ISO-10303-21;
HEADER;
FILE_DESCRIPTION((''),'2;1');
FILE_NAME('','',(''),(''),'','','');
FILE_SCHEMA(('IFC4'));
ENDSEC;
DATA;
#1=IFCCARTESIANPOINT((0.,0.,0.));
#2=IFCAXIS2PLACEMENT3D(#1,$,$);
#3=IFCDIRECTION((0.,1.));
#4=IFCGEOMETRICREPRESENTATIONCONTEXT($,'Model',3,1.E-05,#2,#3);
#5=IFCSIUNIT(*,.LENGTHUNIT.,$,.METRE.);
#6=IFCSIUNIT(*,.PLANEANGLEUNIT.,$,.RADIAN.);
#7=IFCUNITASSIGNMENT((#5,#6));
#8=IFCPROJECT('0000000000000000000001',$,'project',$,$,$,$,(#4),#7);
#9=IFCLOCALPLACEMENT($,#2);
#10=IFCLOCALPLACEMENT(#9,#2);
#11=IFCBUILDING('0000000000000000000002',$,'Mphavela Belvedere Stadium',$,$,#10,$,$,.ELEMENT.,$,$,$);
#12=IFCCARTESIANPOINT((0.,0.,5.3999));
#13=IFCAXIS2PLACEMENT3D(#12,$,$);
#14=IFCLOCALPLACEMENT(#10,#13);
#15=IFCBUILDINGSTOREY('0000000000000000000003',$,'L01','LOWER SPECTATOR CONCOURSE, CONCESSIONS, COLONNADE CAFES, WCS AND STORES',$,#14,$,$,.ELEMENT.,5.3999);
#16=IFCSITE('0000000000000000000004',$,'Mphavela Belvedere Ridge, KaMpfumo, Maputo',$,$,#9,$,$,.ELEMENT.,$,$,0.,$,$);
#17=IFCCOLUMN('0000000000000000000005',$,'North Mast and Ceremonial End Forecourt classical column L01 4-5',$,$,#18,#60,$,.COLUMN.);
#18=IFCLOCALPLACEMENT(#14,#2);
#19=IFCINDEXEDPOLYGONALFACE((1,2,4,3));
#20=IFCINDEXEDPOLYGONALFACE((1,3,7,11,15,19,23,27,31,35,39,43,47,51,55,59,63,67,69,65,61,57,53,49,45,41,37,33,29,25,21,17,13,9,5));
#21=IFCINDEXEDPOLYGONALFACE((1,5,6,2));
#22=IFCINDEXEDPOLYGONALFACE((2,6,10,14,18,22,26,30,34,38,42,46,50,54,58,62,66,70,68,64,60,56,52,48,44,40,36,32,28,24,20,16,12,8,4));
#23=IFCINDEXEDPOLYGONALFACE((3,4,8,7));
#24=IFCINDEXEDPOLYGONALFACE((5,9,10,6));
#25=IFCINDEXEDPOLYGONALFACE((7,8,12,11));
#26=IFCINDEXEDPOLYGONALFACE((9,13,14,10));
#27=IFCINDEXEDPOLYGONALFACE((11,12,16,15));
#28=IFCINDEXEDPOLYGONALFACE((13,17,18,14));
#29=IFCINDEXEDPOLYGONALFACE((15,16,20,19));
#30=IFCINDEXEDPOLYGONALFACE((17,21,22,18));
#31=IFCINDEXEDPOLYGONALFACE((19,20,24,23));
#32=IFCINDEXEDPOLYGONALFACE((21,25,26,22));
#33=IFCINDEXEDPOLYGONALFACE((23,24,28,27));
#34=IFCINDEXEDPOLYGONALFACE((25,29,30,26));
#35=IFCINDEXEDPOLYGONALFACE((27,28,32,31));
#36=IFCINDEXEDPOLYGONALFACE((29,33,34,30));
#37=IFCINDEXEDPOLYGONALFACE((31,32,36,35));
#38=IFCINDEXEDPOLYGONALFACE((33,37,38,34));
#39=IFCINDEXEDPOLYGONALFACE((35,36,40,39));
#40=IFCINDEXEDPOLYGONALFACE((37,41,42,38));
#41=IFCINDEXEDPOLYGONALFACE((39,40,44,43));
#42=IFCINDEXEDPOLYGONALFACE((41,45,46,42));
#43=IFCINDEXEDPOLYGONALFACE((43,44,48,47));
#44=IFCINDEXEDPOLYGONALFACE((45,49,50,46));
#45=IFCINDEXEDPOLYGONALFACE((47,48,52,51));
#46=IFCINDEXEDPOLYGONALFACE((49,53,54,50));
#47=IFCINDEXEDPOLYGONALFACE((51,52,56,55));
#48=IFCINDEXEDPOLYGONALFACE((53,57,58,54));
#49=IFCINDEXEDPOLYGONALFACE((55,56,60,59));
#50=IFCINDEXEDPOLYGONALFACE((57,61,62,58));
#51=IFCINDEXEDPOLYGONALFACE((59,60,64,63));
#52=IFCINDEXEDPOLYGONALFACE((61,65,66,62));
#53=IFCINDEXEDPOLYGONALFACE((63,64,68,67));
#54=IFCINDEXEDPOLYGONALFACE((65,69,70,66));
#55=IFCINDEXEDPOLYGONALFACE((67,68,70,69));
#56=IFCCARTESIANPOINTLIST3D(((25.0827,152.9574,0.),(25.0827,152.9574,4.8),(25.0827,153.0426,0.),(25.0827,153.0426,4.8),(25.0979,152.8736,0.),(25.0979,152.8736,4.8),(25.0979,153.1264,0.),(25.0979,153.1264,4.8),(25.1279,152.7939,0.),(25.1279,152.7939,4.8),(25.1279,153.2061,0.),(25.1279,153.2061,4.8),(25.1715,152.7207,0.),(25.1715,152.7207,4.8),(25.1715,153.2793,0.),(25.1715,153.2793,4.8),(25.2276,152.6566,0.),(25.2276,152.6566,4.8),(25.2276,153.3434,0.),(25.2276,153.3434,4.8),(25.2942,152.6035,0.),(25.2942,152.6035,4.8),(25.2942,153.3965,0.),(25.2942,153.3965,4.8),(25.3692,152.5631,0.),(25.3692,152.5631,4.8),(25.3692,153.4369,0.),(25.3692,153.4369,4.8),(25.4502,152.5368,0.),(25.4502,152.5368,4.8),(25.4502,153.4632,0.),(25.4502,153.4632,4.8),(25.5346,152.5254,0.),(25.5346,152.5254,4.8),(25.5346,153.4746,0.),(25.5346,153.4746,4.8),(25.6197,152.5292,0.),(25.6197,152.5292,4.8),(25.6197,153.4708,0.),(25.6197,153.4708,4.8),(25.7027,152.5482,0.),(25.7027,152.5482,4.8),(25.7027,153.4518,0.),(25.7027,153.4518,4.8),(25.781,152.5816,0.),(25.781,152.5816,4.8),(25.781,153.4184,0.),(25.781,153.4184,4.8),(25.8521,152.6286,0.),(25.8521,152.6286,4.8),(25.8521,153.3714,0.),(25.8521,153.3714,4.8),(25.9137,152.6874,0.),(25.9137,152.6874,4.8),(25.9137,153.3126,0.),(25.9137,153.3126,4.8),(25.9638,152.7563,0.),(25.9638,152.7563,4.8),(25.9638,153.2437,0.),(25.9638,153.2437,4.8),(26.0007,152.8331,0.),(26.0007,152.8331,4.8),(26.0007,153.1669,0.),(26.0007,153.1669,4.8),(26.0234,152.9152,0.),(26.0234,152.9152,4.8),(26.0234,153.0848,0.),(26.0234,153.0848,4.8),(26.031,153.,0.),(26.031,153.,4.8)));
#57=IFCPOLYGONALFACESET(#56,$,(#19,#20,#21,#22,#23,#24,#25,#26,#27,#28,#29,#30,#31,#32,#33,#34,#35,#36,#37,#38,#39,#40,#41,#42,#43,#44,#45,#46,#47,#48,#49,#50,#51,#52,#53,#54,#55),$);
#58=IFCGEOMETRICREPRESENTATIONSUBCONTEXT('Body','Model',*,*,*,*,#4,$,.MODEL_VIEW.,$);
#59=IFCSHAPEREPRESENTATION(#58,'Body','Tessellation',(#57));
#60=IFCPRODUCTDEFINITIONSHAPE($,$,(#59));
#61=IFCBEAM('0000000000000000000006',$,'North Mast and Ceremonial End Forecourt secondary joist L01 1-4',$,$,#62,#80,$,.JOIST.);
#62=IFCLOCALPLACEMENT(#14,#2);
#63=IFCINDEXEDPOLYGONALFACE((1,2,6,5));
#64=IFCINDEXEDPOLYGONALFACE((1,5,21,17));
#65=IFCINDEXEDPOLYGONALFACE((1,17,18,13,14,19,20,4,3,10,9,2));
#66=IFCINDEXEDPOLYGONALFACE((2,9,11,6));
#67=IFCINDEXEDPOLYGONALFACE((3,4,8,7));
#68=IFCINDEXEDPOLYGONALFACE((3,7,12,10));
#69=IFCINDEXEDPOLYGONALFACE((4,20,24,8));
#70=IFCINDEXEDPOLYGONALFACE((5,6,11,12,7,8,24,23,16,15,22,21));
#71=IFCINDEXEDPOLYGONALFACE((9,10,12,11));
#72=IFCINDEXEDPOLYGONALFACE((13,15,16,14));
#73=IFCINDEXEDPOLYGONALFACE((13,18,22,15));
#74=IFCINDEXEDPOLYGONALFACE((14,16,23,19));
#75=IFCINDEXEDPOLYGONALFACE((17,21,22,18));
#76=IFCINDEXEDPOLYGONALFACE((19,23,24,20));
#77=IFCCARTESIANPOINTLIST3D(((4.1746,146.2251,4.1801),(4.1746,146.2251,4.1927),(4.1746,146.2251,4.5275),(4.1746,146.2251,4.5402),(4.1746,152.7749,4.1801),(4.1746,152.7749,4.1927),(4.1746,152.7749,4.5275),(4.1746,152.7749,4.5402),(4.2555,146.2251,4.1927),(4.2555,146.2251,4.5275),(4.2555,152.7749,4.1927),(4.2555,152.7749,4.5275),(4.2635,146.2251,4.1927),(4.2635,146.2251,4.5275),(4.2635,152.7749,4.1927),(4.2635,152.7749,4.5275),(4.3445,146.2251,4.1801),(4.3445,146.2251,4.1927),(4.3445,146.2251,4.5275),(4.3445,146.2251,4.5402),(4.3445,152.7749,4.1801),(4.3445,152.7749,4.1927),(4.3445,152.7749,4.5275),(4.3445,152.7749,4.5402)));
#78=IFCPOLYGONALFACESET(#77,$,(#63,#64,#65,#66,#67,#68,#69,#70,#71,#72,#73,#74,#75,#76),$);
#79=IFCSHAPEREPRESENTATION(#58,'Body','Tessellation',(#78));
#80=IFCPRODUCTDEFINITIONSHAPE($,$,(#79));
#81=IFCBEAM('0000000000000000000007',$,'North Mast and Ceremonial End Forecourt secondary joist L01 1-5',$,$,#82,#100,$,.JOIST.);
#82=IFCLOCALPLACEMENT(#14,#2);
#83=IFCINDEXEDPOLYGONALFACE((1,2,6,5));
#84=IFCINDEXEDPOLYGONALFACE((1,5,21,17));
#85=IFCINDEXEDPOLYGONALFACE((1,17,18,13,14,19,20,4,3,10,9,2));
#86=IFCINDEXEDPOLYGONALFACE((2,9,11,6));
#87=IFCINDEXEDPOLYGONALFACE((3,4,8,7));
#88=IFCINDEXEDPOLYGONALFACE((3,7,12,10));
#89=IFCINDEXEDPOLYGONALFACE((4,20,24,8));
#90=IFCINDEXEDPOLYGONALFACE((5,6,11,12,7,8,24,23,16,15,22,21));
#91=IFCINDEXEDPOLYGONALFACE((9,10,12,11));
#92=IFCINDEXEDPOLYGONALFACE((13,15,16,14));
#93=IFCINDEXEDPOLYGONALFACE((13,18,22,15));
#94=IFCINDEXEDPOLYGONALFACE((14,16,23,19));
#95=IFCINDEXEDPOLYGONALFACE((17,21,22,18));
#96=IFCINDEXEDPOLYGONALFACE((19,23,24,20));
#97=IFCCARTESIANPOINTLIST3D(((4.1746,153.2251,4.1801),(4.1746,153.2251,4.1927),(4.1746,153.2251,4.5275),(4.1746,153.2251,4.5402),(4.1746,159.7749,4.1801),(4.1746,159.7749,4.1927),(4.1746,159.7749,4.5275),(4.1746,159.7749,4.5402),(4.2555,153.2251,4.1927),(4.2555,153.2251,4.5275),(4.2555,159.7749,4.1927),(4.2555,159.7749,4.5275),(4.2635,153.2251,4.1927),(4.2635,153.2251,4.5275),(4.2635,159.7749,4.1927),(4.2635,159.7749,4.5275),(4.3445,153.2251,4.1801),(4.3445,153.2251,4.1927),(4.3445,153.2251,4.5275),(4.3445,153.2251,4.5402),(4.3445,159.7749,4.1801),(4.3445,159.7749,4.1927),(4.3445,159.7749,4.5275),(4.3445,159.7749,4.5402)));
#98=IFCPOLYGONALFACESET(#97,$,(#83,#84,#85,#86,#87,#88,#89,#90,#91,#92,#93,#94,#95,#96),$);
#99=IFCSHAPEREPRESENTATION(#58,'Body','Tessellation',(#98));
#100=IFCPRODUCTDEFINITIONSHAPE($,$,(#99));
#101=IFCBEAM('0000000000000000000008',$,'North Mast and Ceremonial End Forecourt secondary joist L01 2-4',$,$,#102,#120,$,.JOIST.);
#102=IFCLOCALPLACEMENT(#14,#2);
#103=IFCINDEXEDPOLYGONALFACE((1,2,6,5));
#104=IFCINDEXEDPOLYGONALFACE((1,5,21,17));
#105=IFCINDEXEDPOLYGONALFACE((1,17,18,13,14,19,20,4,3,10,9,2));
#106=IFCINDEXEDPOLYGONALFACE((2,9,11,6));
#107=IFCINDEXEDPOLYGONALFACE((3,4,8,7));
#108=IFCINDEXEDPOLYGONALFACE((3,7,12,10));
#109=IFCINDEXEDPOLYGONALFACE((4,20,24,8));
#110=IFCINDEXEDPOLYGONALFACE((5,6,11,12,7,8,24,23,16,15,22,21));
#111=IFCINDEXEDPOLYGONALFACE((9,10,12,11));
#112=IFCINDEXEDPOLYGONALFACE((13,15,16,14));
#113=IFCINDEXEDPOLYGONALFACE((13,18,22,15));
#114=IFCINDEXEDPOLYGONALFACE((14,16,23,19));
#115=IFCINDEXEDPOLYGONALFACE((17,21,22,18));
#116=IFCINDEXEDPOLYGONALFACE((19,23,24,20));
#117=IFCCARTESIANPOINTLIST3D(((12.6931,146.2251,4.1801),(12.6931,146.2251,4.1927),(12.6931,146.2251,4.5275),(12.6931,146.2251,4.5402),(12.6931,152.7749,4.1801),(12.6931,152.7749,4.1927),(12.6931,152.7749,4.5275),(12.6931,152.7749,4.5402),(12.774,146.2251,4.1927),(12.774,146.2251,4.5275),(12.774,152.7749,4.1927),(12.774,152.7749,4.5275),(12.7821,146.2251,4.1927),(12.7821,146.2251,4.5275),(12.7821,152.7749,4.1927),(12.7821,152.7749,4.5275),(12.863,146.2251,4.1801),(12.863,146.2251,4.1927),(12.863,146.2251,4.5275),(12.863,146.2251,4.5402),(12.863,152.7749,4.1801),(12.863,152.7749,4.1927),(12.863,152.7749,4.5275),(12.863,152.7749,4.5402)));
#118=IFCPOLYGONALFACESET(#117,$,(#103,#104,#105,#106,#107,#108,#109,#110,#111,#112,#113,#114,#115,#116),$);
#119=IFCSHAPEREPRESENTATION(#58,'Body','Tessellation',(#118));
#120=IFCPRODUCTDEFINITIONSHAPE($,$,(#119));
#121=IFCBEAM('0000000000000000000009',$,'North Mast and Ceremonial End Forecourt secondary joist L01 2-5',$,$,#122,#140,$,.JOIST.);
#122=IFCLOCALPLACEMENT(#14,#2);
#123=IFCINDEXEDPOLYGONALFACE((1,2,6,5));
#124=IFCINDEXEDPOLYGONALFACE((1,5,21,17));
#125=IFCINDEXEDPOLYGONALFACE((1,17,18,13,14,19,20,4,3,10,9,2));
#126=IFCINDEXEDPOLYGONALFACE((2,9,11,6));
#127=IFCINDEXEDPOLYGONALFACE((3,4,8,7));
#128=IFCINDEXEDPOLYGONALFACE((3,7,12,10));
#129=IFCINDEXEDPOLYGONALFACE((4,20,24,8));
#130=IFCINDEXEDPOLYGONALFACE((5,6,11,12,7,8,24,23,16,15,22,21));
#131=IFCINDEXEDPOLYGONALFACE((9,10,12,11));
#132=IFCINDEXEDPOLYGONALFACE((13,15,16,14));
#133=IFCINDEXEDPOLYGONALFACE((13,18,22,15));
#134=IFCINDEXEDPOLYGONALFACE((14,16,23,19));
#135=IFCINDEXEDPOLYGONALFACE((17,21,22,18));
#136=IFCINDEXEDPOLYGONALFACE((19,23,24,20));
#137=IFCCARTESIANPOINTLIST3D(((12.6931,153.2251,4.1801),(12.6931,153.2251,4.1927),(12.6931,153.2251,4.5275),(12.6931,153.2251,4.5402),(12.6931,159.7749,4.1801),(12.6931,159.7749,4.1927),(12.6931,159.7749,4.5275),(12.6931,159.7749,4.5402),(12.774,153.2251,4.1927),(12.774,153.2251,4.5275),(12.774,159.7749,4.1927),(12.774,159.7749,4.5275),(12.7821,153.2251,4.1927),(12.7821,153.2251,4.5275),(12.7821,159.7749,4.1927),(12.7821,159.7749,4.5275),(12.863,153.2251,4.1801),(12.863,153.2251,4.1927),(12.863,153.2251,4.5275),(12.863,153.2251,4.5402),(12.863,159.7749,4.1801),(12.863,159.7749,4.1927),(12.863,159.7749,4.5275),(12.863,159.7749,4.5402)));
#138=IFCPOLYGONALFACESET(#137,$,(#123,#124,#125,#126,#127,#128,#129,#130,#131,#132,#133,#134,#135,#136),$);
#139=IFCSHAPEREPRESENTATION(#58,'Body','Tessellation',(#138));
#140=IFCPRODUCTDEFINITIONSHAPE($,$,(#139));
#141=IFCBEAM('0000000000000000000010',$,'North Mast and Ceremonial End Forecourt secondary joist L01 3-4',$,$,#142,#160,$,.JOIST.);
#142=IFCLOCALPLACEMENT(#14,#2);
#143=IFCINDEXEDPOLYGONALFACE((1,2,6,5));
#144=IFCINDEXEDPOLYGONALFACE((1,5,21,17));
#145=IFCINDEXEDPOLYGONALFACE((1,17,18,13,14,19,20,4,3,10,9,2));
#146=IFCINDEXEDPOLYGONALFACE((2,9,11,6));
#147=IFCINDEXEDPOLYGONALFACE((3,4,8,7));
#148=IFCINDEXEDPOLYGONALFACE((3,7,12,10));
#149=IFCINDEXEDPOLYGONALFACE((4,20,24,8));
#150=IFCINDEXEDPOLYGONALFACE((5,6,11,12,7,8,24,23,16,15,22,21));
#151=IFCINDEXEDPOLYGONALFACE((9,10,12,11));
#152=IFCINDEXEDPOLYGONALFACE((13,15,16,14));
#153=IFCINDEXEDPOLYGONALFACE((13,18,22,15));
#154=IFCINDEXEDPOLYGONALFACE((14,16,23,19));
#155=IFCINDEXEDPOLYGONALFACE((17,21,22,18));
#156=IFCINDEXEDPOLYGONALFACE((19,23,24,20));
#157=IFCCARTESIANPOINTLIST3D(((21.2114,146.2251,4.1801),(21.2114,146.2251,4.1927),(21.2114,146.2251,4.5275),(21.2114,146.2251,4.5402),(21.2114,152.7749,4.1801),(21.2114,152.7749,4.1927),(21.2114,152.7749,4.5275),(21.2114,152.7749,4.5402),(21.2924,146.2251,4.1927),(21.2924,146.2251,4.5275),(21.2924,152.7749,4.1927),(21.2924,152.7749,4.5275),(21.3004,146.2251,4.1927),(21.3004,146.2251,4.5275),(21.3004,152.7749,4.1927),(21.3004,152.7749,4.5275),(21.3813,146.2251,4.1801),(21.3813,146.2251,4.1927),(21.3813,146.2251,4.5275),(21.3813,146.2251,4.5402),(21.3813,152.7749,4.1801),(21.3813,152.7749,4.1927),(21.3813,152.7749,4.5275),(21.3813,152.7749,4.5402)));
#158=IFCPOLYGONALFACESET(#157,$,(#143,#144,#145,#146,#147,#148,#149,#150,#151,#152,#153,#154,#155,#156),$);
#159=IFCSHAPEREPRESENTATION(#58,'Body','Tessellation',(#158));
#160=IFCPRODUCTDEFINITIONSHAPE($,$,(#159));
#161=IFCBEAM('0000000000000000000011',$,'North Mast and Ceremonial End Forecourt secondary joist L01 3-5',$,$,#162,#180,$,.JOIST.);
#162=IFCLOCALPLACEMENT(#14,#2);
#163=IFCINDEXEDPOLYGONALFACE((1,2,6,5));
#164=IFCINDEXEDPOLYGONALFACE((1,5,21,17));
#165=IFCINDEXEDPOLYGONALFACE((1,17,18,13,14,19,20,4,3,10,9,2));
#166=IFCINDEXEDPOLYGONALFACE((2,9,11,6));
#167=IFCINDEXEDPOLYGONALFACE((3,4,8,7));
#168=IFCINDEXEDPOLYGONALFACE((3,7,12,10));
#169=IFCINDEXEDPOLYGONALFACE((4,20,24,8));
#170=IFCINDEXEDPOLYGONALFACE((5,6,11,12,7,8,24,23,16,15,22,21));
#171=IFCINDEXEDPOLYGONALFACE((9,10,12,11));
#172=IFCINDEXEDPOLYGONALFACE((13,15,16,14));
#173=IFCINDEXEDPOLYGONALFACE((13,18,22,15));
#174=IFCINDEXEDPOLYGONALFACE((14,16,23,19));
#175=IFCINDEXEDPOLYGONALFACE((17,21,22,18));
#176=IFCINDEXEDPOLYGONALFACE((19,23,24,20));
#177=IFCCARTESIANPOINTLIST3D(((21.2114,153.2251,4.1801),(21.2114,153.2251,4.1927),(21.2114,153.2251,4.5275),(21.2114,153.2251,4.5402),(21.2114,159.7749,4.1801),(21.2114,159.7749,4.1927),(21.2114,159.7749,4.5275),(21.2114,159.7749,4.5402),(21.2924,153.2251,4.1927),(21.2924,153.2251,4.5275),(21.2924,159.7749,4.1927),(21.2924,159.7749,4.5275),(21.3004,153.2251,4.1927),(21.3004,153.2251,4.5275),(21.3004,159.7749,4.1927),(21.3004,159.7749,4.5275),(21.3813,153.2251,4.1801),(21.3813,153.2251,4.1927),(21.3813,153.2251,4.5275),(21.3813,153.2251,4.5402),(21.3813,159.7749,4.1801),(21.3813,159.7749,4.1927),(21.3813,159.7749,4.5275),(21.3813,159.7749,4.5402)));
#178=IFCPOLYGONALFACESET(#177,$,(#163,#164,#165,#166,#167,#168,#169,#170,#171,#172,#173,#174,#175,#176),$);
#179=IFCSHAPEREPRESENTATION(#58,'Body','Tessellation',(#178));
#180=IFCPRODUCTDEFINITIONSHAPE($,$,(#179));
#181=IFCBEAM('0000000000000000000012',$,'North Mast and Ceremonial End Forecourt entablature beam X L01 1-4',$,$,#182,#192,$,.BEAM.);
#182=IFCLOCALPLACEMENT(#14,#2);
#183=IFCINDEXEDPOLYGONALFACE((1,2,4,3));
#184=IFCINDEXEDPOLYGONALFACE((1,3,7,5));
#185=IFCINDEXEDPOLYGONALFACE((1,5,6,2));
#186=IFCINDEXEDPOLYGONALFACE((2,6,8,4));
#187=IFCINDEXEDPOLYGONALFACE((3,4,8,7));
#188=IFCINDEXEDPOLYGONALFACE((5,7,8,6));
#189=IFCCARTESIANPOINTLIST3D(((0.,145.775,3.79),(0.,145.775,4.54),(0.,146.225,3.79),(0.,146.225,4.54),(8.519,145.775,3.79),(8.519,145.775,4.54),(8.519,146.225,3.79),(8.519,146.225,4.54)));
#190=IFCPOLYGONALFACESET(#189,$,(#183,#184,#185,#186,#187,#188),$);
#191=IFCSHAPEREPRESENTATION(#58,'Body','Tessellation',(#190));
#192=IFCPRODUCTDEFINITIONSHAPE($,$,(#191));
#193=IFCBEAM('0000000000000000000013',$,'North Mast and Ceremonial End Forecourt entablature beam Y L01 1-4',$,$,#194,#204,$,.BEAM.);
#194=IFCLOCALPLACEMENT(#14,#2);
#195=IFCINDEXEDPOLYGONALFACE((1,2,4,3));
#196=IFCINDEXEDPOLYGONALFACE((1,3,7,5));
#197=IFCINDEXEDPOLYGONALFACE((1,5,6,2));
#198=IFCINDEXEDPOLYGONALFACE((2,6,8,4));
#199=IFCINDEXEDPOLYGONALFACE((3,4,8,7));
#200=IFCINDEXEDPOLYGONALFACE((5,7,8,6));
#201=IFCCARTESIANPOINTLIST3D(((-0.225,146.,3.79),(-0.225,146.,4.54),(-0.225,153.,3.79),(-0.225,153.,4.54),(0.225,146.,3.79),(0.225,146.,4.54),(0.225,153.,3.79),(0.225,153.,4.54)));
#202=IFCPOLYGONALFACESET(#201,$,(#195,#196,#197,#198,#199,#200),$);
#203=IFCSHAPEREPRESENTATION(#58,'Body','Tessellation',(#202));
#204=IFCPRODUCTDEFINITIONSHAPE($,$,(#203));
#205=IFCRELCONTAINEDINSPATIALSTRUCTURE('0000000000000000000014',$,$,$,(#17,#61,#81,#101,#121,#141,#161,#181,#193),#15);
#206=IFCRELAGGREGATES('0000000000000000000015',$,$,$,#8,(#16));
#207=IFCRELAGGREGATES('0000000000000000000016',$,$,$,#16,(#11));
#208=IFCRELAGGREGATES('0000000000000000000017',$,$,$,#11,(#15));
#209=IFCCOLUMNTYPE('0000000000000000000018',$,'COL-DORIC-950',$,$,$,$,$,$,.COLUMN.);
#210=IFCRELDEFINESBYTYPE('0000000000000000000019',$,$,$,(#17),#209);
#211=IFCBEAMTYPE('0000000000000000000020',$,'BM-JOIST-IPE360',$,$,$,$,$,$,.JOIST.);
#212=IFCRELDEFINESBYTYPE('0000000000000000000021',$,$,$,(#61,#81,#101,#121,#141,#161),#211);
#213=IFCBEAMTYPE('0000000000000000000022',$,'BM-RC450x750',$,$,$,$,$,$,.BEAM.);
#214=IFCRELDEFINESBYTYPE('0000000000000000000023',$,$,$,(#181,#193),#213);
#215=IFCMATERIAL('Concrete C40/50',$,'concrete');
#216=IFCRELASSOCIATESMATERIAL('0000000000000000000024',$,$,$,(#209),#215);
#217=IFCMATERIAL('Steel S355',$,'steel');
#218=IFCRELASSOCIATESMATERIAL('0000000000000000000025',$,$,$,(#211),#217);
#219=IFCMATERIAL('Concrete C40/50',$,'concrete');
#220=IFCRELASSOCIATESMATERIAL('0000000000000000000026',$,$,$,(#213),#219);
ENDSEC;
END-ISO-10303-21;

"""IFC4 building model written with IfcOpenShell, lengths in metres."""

from ifc_helpers import new_model, si_unit, direction, frame, origin, origin_2d, place, context, subcontext, project, spatial, rectangle, circle, i_section, extrude, material, material_profile, profile_set, type_object, element, save


model = new_model("IFC4")

# Units and contexts
model_context = context("Model", 3, precision=1e-05, world=origin(), true_north=direction((0.0, 1.0)))
body_context = subcontext(model_context, "Body", "Model", "MODEL_VIEW")
ifc_project = project(units=[si_unit("LENGTHUNIT", "METRE"), si_unit("PLANEANGLEUNIT", "RADIAN")], contexts=[model_context])

# Site, building, storey
site_placement = place(None, origin())
site = spatial("IfcSite", under=ifc_project, at=site_placement, Name="Mphavela Belvedere Ridge, KaMpfumo, Maputo", CompositionType="ELEMENT", RefElevation=0.0)
building_placement = place(site_placement, origin())
building = spatial("IfcBuilding", under=site, at=building_placement, Name="Mphavela Belvedere Stadium", CompositionType="ELEMENT")
storey_placement = place(building_placement, frame((0.0, 0.0, 5.3999)))
storey = spatial("IfcBuildingStorey", under=building, at=storey_placement, Name="L01", Description="LOWER SPECTATOR CONCOURSE, CONCESSIONS, COLONNADE CAFES, WCS AND STORES", CompositionType="ELEMENT", Elevation=5.3999)

# Column
ifc_material_1 = material(Name="Concrete C40/50", Category="concrete")
ifc_material_profile_1 = material_profile(ifc_material_1, circle(Radius=0.4751, at=origin_2d()), Name="COL D950")
ifc_profile_set_1 = profile_set([ifc_material_profile_1], Name="Concrete C40/50")
column_type = type_object("IfcColumnType", Name="COL-DORIC-950", PredefinedType="COLUMN", material=ifc_profile_set_1)
for number, where, z_axis, x_axis, name in (
    (1, (25.5559, 153.0, 0.0), (0.0, 0.0, 1.0), (1.0, 0.0, 0.0), "North Mast and Ceremonial End Forecourt classical column L01 4-5"),
):
    element("IfcColumn", number, at=place(storey_placement, frame(where, z_axis=z_axis, x_axis=x_axis)), inside=storey, type_object=column_type, Name=name, PredefinedType="COLUMN", context=body_context, shape_type="SweptSolid", body=[
        extrude(circle(Radius=0.4751, at=origin_2d()), origin(), (0.0, 0.0, 1.0), 4.8),
    ])

# Beams
ifc_material_2 = material(Name="Steel S355", Category="steel")
ifc_material_profile_2 = material_profile(ifc_material_2, i_section(OverallWidth=0.1699, OverallDepth=0.3601, WebThickness=0.0081, FlangeThickness=0.0127, at=origin_2d()), Name="IPE 360")
ifc_profile_set_2 = profile_set([ifc_material_profile_2], Name="Steel S355")
beam_type_1 = type_object("IfcBeamType", Name="BM-JOIST-IPE360", PredefinedType="JOIST", material=ifc_profile_set_2)
for number, where, z_axis, x_axis, name in (
    (2, (4.2595, 146.2251, 4.3601), (0.0, 1.0, 0.0), (-1.0, 0.0, 0.0), "North Mast and Ceremonial End Forecourt secondary joist L01 1-4"),
    (3, (4.2595, 153.2251, 4.3601), (0.0, 1.0, 0.0), (-1.0, 0.0, 0.0), "North Mast and Ceremonial End Forecourt secondary joist L01 1-5"),
    (4, (12.7781, 146.2251, 4.3601), (0.0, 1.0, 0.0), (-1.0, 0.0, 0.0), "North Mast and Ceremonial End Forecourt secondary joist L01 2-4"),
    (5, (12.7781, 153.2251, 4.3601), (0.0, 1.0, 0.0), (-1.0, 0.0, 0.0), "North Mast and Ceremonial End Forecourt secondary joist L01 2-5"),
    (6, (21.2964, 146.2251, 4.3601), (0.0, 1.0, 0.0), (-1.0, 0.0, 0.0), "North Mast and Ceremonial End Forecourt secondary joist L01 3-4"),
    (7, (21.2964, 153.2251, 4.3601), (0.0, 1.0, 0.0), (-1.0, 0.0, 0.0), "North Mast and Ceremonial End Forecourt secondary joist L01 3-5"),
):
    element("IfcBeam", number, at=place(storey_placement, frame(where, z_axis=z_axis, x_axis=x_axis)), inside=storey, type_object=beam_type_1, Name=name, PredefinedType="JOIST", context=body_context, shape_type="SweptSolid", body=[
        extrude(i_section(OverallWidth=0.1699, OverallDepth=0.3601, WebThickness=0.0081, FlangeThickness=0.0127, at=origin_2d()), origin(), (0.0, 0.0, 1.0), 6.5498),
    ])
ifc_material_3 = material(Name="Concrete C40/50", Category="concrete")
ifc_material_profile_3 = material_profile(ifc_material_3, rectangle(XDim=0.45, YDim=0.75, at=origin_2d()), Name="RC 450x750")
ifc_profile_set_3 = profile_set([ifc_material_profile_3], Name="Concrete C40/50")
beam_type_2 = type_object("IfcBeamType", Name="BM-RC450x750", PredefinedType="BEAM", material=ifc_profile_set_3)
beam_1_placement = place(storey_placement, frame((0.0, 146.0, 4.165), z_axis=(1.0, 0.0, 0.0), x_axis=(0.0, 1.0, 0.0)))
element("IfcBeam", 8, at=beam_1_placement, inside=storey, type_object=beam_type_2, Name="North Mast and Ceremonial End Forecourt entablature beam X L01 1-4", PredefinedType="BEAM", context=body_context, shape_type="SweptSolid", body=[
    extrude(rectangle(XDim=0.45, YDim=0.75, at=origin_2d()), origin(), (0.0, 0.0, 1.0), 8.519),
])
beam_2_placement = place(storey_placement, frame((0.0, 146.0, 4.165), z_axis=(0.0, 1.0, 0.0), x_axis=(-1.0, 0.0, 0.0)))
element("IfcBeam", 9, at=beam_2_placement, inside=storey, type_object=beam_type_2, Name="North Mast and Ceremonial End Forecourt entablature beam Y L01 1-4", PredefinedType="BEAM", context=body_context, shape_type="SweptSolid", body=[
    extrude(rectangle(XDim=0.45, YDim=0.75, at=origin_2d()), origin(), (0.0, 0.0, 1.0), 7.0),
])

save(model, "model.ifc")
